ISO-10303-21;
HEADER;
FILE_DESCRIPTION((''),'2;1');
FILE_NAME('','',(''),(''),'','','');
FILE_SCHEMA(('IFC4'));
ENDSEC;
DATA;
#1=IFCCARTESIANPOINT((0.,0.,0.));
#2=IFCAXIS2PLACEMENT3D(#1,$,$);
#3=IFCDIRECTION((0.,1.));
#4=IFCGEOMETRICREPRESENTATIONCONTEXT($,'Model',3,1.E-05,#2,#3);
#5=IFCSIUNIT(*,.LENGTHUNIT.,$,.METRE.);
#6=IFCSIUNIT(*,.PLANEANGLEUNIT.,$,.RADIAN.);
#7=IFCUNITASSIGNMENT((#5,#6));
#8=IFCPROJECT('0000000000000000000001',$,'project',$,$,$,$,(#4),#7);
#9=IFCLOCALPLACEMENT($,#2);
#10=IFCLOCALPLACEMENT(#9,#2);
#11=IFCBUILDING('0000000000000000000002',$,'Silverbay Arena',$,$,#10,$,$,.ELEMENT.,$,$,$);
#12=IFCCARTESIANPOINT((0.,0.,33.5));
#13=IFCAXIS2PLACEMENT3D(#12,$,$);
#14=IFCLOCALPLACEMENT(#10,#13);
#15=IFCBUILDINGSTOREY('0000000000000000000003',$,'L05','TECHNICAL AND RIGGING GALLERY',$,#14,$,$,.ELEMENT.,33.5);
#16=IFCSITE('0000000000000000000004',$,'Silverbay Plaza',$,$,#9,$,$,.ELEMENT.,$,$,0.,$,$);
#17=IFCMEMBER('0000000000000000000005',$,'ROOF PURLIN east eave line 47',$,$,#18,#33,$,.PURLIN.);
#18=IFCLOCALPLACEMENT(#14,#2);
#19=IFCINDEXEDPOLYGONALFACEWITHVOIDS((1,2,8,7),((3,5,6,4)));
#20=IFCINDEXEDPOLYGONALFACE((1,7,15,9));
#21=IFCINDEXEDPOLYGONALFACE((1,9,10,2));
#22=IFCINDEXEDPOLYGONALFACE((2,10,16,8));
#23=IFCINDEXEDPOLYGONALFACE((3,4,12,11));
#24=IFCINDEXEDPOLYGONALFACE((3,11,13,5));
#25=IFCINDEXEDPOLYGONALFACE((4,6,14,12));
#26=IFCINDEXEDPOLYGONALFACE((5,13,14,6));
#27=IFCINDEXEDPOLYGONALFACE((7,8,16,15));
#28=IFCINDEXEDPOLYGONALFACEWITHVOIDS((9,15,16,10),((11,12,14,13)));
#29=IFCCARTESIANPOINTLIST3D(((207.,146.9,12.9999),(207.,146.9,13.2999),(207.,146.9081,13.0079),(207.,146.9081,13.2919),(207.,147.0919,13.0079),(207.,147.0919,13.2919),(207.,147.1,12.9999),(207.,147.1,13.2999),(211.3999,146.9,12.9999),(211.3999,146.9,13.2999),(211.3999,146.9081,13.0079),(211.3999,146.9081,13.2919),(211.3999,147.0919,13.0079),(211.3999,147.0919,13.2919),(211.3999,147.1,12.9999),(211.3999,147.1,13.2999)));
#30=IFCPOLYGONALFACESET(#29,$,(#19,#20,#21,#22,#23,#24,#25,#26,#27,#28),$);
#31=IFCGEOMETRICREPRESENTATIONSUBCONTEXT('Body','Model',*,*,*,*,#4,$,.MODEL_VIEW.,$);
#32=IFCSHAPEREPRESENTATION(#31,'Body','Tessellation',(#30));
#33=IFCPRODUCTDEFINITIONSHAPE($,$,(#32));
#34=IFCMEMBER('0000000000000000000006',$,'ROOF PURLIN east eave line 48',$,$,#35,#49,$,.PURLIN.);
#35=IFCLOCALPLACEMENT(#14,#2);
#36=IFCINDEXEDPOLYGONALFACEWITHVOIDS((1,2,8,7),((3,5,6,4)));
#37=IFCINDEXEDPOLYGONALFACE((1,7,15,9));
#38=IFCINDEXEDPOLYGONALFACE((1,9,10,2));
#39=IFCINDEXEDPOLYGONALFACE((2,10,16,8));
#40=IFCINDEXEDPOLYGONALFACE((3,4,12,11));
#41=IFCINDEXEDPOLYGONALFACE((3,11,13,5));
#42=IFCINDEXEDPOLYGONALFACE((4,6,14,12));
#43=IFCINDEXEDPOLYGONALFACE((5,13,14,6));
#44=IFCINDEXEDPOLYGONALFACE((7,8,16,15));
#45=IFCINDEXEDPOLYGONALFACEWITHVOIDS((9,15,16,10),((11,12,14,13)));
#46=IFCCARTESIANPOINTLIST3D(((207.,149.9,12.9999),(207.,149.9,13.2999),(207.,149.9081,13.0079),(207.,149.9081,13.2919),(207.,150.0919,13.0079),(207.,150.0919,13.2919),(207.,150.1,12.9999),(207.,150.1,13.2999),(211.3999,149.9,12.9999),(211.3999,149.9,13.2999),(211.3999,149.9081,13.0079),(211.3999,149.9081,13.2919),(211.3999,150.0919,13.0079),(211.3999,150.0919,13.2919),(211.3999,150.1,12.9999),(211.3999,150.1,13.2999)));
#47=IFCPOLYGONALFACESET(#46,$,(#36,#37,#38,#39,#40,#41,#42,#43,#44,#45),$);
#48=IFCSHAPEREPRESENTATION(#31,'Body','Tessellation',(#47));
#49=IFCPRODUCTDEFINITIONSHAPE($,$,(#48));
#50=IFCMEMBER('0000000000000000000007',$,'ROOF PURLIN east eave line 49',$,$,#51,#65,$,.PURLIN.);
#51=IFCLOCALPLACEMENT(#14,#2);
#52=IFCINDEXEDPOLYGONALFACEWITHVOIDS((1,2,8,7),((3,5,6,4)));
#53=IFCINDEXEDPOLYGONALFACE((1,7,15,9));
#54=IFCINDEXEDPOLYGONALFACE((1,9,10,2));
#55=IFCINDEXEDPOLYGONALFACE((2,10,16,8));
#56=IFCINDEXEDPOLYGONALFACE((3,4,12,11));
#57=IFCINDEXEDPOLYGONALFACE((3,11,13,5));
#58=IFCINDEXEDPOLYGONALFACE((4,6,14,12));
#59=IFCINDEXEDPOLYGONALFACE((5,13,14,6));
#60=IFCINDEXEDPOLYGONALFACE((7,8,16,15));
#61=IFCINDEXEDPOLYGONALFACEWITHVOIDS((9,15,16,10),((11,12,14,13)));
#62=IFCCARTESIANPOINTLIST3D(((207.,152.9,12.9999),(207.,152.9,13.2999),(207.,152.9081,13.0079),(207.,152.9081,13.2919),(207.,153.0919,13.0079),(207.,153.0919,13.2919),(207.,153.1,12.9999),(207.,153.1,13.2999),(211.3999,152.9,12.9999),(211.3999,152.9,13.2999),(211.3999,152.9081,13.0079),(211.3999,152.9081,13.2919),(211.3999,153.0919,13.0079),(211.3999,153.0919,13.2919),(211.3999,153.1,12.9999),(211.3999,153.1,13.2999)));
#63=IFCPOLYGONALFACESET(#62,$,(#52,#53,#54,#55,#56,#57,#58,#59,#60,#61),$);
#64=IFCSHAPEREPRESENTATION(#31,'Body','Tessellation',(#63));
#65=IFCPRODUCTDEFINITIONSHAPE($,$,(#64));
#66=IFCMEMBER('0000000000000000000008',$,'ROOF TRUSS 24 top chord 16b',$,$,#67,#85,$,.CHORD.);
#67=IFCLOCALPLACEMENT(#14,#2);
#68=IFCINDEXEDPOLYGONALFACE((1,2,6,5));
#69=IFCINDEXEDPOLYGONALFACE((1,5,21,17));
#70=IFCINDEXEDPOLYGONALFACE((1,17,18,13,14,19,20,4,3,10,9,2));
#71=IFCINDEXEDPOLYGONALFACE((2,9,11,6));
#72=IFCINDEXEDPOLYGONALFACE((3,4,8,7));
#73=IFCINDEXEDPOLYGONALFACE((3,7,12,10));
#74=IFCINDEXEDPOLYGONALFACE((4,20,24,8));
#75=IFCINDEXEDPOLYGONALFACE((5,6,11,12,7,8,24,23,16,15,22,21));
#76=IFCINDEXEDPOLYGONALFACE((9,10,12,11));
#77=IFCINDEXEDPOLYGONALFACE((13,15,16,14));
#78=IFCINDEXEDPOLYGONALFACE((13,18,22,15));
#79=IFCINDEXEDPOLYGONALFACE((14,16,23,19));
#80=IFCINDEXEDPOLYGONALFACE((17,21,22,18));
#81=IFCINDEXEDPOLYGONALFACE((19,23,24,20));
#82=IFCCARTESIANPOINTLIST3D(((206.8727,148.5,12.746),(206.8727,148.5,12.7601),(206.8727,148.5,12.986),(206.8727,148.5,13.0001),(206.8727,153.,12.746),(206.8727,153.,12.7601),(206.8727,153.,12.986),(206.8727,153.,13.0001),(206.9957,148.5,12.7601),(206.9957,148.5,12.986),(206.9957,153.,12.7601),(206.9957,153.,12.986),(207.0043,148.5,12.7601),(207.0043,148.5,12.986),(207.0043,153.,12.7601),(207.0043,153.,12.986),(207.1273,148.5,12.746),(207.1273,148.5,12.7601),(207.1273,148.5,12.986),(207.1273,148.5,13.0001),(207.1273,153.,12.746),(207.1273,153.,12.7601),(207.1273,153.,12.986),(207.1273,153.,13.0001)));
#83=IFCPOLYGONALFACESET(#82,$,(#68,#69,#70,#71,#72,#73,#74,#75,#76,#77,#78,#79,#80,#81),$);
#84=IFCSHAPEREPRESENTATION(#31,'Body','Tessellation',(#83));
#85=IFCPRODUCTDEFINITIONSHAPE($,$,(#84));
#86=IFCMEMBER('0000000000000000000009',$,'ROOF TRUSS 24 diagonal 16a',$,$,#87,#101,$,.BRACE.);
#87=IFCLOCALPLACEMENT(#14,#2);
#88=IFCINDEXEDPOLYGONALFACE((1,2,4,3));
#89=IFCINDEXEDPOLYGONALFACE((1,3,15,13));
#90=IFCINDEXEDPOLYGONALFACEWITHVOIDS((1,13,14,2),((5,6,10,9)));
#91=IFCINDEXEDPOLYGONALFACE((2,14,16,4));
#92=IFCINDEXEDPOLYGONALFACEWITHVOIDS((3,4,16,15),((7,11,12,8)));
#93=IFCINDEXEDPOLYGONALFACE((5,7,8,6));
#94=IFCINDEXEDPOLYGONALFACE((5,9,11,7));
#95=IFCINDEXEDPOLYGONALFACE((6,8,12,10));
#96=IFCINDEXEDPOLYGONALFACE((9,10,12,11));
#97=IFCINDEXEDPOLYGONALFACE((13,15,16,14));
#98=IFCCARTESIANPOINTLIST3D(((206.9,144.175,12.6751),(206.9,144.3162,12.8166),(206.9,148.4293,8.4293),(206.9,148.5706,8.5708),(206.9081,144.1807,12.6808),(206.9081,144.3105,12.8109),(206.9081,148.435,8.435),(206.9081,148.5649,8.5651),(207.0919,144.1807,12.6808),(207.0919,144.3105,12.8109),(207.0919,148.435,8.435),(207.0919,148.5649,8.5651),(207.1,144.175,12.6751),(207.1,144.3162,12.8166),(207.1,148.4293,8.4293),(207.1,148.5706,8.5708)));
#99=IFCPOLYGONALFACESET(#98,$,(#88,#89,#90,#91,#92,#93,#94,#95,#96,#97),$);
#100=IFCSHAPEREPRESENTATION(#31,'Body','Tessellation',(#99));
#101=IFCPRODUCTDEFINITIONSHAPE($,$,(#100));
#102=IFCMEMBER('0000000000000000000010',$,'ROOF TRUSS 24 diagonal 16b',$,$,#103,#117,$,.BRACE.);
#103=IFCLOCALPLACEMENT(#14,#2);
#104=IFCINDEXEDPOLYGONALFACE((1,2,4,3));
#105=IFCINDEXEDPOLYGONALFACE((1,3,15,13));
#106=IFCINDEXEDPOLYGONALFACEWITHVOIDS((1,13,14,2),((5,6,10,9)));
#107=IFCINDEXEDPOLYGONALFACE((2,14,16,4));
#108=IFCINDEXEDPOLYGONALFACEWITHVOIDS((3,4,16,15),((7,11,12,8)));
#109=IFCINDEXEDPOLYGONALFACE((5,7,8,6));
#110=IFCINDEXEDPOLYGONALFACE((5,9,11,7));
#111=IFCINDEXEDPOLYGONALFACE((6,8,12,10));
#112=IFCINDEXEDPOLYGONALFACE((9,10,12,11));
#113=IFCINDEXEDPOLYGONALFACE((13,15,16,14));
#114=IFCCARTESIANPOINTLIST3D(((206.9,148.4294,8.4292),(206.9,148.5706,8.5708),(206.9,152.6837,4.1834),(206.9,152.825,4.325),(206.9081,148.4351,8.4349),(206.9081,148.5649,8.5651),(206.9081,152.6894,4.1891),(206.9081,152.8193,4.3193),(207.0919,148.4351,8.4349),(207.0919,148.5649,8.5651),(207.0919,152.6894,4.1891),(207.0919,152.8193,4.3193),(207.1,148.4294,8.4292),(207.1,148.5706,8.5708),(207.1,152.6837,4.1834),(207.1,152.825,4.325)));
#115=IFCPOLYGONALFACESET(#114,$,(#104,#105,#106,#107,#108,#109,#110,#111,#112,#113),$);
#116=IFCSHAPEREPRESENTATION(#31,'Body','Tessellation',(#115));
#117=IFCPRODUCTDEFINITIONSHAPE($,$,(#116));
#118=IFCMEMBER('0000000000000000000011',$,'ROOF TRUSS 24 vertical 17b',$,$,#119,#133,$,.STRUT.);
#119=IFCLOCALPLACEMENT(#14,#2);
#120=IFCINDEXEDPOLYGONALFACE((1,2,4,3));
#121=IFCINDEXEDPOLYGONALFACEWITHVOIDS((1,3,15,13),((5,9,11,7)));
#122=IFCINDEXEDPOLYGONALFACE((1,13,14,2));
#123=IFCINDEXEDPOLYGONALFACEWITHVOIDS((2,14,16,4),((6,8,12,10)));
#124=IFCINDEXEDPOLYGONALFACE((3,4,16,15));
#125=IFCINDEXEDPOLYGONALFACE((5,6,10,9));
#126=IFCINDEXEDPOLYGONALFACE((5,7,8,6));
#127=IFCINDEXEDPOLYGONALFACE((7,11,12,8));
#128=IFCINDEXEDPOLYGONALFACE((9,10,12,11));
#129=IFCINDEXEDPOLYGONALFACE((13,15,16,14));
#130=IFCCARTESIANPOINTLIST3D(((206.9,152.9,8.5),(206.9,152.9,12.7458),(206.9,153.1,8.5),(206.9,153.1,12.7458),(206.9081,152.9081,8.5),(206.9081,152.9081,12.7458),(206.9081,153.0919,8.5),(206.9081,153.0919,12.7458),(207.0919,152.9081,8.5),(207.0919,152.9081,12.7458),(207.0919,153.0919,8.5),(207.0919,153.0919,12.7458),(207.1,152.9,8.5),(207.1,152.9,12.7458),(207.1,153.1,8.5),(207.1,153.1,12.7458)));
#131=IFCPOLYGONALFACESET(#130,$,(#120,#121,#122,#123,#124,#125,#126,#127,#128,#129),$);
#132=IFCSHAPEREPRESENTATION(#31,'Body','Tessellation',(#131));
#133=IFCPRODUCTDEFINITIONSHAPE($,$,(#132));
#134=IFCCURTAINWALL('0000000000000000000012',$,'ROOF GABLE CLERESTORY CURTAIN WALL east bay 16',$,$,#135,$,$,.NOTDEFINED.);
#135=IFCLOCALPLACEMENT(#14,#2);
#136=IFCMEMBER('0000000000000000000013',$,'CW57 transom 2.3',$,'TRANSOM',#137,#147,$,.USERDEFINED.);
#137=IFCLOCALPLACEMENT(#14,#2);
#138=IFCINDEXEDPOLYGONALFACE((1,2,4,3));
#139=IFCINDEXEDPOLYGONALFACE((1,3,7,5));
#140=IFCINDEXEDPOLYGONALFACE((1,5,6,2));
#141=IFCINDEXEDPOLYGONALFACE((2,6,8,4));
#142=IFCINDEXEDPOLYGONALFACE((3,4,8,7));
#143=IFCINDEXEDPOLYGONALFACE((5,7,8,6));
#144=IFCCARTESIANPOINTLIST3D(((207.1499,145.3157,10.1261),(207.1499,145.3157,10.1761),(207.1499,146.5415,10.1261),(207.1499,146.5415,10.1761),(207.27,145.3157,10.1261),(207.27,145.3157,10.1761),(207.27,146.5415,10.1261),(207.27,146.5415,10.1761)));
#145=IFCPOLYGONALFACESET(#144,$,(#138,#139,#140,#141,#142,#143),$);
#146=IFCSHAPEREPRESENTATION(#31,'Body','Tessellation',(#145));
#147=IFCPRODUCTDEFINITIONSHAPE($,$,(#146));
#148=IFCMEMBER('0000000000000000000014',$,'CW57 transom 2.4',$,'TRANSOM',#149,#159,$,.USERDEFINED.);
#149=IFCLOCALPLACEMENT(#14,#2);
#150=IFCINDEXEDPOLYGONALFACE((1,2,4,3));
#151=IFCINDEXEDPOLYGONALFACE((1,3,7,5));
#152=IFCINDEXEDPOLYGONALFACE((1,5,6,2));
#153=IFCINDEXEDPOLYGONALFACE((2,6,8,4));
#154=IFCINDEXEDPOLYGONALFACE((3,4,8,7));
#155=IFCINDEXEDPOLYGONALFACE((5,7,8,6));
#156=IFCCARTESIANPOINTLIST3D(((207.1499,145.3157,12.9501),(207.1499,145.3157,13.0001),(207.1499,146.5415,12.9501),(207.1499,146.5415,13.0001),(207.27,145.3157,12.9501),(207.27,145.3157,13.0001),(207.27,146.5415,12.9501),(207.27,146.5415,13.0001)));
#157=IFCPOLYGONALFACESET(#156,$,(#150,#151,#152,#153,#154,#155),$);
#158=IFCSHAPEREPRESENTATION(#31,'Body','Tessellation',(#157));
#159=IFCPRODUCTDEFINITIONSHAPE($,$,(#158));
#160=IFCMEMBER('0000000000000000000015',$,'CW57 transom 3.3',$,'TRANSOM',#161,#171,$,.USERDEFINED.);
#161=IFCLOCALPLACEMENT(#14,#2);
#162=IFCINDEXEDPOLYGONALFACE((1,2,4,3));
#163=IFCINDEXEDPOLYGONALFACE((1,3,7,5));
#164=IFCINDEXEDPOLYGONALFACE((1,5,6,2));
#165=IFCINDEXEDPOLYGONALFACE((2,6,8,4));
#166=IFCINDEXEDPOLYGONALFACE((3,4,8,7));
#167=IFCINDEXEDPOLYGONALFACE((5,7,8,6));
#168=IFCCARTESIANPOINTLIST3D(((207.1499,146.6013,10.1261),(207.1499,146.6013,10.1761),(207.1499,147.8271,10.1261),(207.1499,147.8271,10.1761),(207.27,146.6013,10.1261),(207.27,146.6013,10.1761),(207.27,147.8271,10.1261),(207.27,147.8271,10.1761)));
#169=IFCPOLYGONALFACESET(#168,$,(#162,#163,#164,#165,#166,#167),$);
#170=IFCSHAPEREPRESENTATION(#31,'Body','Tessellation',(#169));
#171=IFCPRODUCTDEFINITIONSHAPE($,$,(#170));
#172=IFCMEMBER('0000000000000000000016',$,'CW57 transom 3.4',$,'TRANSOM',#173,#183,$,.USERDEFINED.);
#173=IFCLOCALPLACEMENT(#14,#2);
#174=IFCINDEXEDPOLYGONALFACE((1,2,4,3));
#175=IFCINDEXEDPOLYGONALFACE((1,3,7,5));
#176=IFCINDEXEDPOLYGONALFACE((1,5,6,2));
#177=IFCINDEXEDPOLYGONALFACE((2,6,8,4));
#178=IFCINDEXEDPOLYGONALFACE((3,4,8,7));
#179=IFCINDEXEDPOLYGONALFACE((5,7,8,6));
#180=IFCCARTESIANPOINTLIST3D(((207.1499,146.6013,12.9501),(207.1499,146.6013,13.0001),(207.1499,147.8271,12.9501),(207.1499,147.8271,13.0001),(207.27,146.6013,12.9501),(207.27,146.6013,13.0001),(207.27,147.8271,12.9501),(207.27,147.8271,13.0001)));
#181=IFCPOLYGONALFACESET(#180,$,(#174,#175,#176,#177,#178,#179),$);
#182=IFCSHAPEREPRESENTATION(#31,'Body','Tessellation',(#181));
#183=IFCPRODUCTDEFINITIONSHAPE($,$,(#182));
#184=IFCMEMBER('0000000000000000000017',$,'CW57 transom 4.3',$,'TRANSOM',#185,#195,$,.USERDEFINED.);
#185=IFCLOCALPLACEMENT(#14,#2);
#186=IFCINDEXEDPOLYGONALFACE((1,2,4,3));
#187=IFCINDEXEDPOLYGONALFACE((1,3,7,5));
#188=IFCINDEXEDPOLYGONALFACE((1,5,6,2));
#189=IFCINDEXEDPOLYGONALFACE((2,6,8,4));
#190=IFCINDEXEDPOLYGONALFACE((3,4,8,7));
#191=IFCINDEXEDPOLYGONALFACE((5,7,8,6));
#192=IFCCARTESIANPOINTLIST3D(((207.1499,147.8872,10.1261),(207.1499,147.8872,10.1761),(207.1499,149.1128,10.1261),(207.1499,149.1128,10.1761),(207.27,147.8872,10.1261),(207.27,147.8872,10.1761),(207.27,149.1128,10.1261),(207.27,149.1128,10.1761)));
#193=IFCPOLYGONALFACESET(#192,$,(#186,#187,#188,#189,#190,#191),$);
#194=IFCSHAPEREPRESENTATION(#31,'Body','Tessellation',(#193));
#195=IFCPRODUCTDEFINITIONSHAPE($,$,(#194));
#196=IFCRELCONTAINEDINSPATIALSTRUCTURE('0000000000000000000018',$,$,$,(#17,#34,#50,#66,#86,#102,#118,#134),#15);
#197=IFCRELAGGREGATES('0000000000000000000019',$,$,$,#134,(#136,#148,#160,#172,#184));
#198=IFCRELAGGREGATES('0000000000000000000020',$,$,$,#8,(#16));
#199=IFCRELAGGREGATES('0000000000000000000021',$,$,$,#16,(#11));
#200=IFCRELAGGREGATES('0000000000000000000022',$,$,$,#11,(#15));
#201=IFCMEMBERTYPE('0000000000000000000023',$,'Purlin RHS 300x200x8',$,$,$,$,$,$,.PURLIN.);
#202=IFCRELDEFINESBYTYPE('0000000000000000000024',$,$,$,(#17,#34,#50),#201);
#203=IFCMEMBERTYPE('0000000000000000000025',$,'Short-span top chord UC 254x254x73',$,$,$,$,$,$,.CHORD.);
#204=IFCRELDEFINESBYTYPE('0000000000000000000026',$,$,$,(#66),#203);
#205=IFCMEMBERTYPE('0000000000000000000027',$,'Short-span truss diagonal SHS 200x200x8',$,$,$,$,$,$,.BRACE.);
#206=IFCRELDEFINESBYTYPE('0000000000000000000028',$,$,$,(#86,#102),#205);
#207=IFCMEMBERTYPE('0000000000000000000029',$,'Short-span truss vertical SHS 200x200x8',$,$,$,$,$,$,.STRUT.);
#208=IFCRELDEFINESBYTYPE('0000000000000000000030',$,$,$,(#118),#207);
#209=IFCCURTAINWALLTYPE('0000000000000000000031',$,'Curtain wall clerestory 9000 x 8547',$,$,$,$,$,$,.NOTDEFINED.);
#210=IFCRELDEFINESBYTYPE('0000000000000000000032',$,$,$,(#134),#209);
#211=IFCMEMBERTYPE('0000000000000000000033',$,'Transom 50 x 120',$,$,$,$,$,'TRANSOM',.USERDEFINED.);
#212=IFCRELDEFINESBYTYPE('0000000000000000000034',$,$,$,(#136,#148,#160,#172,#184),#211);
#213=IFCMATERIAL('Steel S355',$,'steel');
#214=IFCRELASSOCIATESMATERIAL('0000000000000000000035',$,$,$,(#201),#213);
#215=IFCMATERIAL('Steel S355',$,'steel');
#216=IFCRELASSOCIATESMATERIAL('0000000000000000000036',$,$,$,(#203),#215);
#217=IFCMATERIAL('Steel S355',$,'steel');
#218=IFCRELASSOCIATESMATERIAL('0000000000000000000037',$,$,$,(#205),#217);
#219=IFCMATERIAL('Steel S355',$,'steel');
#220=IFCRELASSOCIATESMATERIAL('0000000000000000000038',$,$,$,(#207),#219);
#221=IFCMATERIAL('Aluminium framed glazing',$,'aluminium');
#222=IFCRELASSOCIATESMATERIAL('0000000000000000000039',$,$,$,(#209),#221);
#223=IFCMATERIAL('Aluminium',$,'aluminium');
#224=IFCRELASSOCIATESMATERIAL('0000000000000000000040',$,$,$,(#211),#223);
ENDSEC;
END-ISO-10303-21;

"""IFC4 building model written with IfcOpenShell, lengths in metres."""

from ifc_helpers import new_model, si_unit, direction, frame, origin, origin_2d, place, context, subcontext, project, spatial, rectangle, hollow_rectangle, i_section, extrude, material, material_profile, profile_set, type_object, element, aggregate, save


model = new_model("IFC4")

# Units and contexts
model_context = context("Model", 3, precision=1e-05, world=origin(), true_north=direction((0.0, 1.0)))
body_context = subcontext(model_context, "Body", "Model", "MODEL_VIEW")
ifc_project = project(units=[si_unit("LENGTHUNIT", "METRE"), si_unit("PLANEANGLEUNIT", "RADIAN")], contexts=[model_context])

# Site, building, storey
site_placement = place(None, origin())
site = spatial("IfcSite", under=ifc_project, at=site_placement, Name="Silverbay Plaza", CompositionType="ELEMENT", RefElevation=0.0)
building_placement = place(site_placement, origin())
building = spatial("IfcBuilding", under=site, at=building_placement, Name="Silverbay Arena", CompositionType="ELEMENT")
storey_placement = place(building_placement, frame((0.0, 0.0, 33.5)))
storey = spatial("IfcBuildingStorey", under=building, at=storey_placement, Name="L05", Description="TECHNICAL AND RIGGING GALLERY", CompositionType="ELEMENT", Elevation=33.5)

# Members
ifc_material_1 = material(Name="Steel S355", Category="steel")
ifc_material_profile_1 = material_profile(ifc_material_1, hollow_rectangle(XDim=0.2, YDim=0.3, WallThickness=0.0081, at=origin_2d()), Name="RHS 300x200x8")
ifc_profile_set_1 = profile_set([ifc_material_profile_1], Name="Steel S355")
member_type_1 = type_object("IfcMemberType", Name="Purlin RHS 300x200x8", PredefinedType="PURLIN", material=ifc_profile_set_1)
for number, where, z_axis, x_axis, name in (
    (1, (211.3999, 147.0, 13.1499), (-1.0, 0.0, 0.0), (0.0, -1.0, 0.0), "ROOF PURLIN east eave line 47"),
    (2, (211.3999, 150.0, 13.1499), (-1.0, 0.0, 0.0), (0.0, -1.0, 0.0), "ROOF PURLIN east eave line 48"),
    (3, (211.3999, 153.0, 13.1499), (-1.0, 0.0, 0.0), (0.0, -1.0, 0.0), "ROOF PURLIN east eave line 49"),
):
    element("IfcMember", number, at=place(storey_placement, frame(where, z_axis=z_axis, x_axis=x_axis)), inside=storey, type_object=member_type_1, Name=name, PredefinedType="PURLIN", context=body_context, shape_type="SweptSolid", body=[
        extrude(hollow_rectangle(XDim=0.2, YDim=0.3, WallThickness=0.0081, at=origin_2d()), origin(), (0.0, 0.0, 1.0), 4.3999),
    ])
ifc_material_2 = material(Name="Steel S355", Category="steel")
ifc_material_profile_2 = material_profile(ifc_material_2, i_section(OverallWidth=0.2546, OverallDepth=0.2542, WebThickness=0.0085, FlangeThickness=0.0142, at=origin_2d()), Name="UC 254x254x73")
ifc_profile_set_2 = profile_set([ifc_material_profile_2], Name="Steel S355")
member_type_2 = type_object("IfcMemberType", Name="Short-span top chord UC 254x254x73", PredefinedType="CHORD", material=ifc_profile_set_2)
member_1_placement = place(storey_placement, frame((207.0, 148.5, 12.873), z_axis=(0.0, 1.0, 0.0), x_axis=(-1.0, 0.0, 0.0)))
element("IfcMember", 4, at=member_1_placement, inside=storey, type_object=member_type_2, Name="ROOF TRUSS 24 top chord 16b", PredefinedType="CHORD", context=body_context, shape_type="SweptSolid", body=[
    extrude(i_section(OverallWidth=0.2546, OverallDepth=0.2542, WebThickness=0.0085, FlangeThickness=0.0142, at=origin_2d()), origin(), (0.0, 0.0, 1.0), 4.5),
])
ifc_material_3 = material(Name="Steel S355", Category="steel")
ifc_material_profile_3 = material_profile(ifc_material_3, hollow_rectangle(XDim=0.2, YDim=0.2, WallThickness=0.0081, at=origin_2d()), Name="SHS 200x200x8")
ifc_profile_set_3 = profile_set([ifc_material_profile_3], Name="Steel S355")
member_type_3 = type_object("IfcMemberType", Name="Short-span truss diagonal SHS 200x200x8", PredefinedType="BRACE", material=ifc_profile_set_3)
for number, where, z_axis, x_axis, name in (
    (5, (207.0, 144.2456, 12.7458), (0.0, 0.707817, -0.706396), (-1.0, 0.0, 0.0), "ROOF TRUSS 24 diagonal 16a"),
    (6, (207.0, 148.5, 8.5), (0.0, 0.707817, -0.706396), (-1.0, 0.0, 0.0), "ROOF TRUSS 24 diagonal 16b"),
):
    element("IfcMember", number, at=place(storey_placement, frame(where, z_axis=z_axis, x_axis=x_axis)), inside=storey, type_object=member_type_3, Name=name, PredefinedType="BRACE", context=body_context, shape_type="SweptSolid", body=[
        extrude(hollow_rectangle(XDim=0.2, YDim=0.2, WallThickness=0.0081, at=origin_2d()), origin(), (0.0, 0.0, 1.0), 6.0105),
    ])
ifc_material_4 = material(Name="Steel S355", Category="steel")
ifc_material_profile_4 = material_profile(ifc_material_4, hollow_rectangle(XDim=0.2, YDim=0.2, WallThickness=0.0081, at=origin_2d()), Name="SHS 200x200x8")
ifc_profile_set_4 = profile_set([ifc_material_profile_4], Name="Steel S355")
member_type_4 = type_object("IfcMemberType", Name="Short-span truss vertical SHS 200x200x8", PredefinedType="STRUT", material=ifc_profile_set_4)
member_2_placement = place(storey_placement, frame((207.0, 153.0, 8.5), z_axis=(0.0, 0.0, 1.0), x_axis=(1.0, 0.0, 0.0)))
element("IfcMember", 7, at=member_2_placement, inside=storey, type_object=member_type_4, Name="ROOF TRUSS 24 vertical 17b", PredefinedType="STRUT", context=body_context, shape_type="SweptSolid", body=[
    extrude(hollow_rectangle(XDim=0.2, YDim=0.2, WallThickness=0.0081, at=origin_2d()), origin(), (0.0, 0.0, 1.0), 4.2458),
])

# Curtain wall, members
ifc_material_5 = material(Name="Aluminium framed glazing", Category="aluminium")
curtain_wall_type = type_object("IfcCurtainWallType", Name="Curtain wall clerestory 9000 x 8547", PredefinedType="NOTDEFINED", material=ifc_material_5)
curtain_wall_placement = place(storey_placement, origin())
curtain_wall = element("IfcCurtainWall", 8, at=curtain_wall_placement, inside=storey, type_object=curtain_wall_type, Name="ROOF GABLE CLERESTORY CURTAIN WALL east bay 16", PredefinedType="NOTDEFINED")
ifc_material_6 = material(Name="Aluminium", Category="aluminium")
ifc_material_profile_5 = material_profile(ifc_material_6, rectangle(XDim=0.1201, YDim=0.05, at=origin_2d()), Name="Transom 50 x 120")
ifc_profile_set_5 = profile_set([ifc_material_profile_5], Name="Aluminium")
member_type_5 = type_object("IfcMemberType", Name="Transom 50 x 120", ElementType="TRANSOM", PredefinedType="USERDEFINED", material=ifc_profile_set_5)
member_3_placement = place(storey_placement, frame((207.21, 145.3157, 10.1511), z_axis=(0.0, 1.0, 0.0), x_axis=(-1.0, 0.0, 0.0)))
member_3 = element("IfcMember", 9, at=member_3_placement, type_object=member_type_5, Name="CW57 transom 2.3", ObjectType="TRANSOM", PredefinedType="USERDEFINED", context=body_context, shape_type="SweptSolid", body=[
    extrude(rectangle(XDim=0.1201, YDim=0.05, at=origin_2d()), origin(), (0.0, 0.0, 1.0), 1.2258),
])
member_4_placement = place(storey_placement, frame((207.21, 145.3157, 12.9751), z_axis=(0.0, 1.0, 0.0), x_axis=(-1.0, 0.0, 0.0)))
member_4 = element("IfcMember", 10, at=member_4_placement, type_object=member_type_5, Name="CW57 transom 2.4", ObjectType="TRANSOM", PredefinedType="USERDEFINED", context=body_context, shape_type="SweptSolid", body=[
    extrude(rectangle(XDim=0.1201, YDim=0.05, at=origin_2d()), origin(), (0.0, 0.0, 1.0), 1.2258),
])
member_5_placement = place(storey_placement, frame((207.21, 146.6013, 10.1511), z_axis=(0.0, 1.0, 0.0), x_axis=(-1.0, 0.0, 0.0)))
member_5 = element("IfcMember", 11, at=member_5_placement, type_object=member_type_5, Name="CW57 transom 3.3", ObjectType="TRANSOM", PredefinedType="USERDEFINED", context=body_context, shape_type="SweptSolid", body=[
    extrude(rectangle(XDim=0.1201, YDim=0.05, at=origin_2d()), origin(), (0.0, 0.0, 1.0), 1.2258),
])
member_6_placement = place(storey_placement, frame((207.21, 146.6013, 12.9751), z_axis=(0.0, 1.0, 0.0), x_axis=(-1.0, 0.0, 0.0)))
member_6 = element("IfcMember", 12, at=member_6_placement, type_object=member_type_5, Name="CW57 transom 3.4", ObjectType="TRANSOM", PredefinedType="USERDEFINED", context=body_context, shape_type="SweptSolid", body=[
    extrude(rectangle(XDim=0.1201, YDim=0.05, at=origin_2d()), origin(), (0.0, 0.0, 1.0), 1.2258),
])
member_7_placement = place(storey_placement, frame((207.21, 147.8872, 10.1511), z_axis=(0.0, 1.0, 0.0), x_axis=(-1.0, 0.0, 0.0)))
member_7 = element("IfcMember", 13, at=member_7_placement, type_object=member_type_5, Name="CW57 transom 4.3", ObjectType="TRANSOM", PredefinedType="USERDEFINED", context=body_context, shape_type="SweptSolid", body=[
    extrude(rectangle(XDim=0.1201, YDim=0.05, at=origin_2d()), origin(), (0.0, 0.0, 1.0), 1.2256),
])
aggregate(curtain_wall, [member_3, member_4, member_5, member_6, member_7])

save(model, "model.ifc")
